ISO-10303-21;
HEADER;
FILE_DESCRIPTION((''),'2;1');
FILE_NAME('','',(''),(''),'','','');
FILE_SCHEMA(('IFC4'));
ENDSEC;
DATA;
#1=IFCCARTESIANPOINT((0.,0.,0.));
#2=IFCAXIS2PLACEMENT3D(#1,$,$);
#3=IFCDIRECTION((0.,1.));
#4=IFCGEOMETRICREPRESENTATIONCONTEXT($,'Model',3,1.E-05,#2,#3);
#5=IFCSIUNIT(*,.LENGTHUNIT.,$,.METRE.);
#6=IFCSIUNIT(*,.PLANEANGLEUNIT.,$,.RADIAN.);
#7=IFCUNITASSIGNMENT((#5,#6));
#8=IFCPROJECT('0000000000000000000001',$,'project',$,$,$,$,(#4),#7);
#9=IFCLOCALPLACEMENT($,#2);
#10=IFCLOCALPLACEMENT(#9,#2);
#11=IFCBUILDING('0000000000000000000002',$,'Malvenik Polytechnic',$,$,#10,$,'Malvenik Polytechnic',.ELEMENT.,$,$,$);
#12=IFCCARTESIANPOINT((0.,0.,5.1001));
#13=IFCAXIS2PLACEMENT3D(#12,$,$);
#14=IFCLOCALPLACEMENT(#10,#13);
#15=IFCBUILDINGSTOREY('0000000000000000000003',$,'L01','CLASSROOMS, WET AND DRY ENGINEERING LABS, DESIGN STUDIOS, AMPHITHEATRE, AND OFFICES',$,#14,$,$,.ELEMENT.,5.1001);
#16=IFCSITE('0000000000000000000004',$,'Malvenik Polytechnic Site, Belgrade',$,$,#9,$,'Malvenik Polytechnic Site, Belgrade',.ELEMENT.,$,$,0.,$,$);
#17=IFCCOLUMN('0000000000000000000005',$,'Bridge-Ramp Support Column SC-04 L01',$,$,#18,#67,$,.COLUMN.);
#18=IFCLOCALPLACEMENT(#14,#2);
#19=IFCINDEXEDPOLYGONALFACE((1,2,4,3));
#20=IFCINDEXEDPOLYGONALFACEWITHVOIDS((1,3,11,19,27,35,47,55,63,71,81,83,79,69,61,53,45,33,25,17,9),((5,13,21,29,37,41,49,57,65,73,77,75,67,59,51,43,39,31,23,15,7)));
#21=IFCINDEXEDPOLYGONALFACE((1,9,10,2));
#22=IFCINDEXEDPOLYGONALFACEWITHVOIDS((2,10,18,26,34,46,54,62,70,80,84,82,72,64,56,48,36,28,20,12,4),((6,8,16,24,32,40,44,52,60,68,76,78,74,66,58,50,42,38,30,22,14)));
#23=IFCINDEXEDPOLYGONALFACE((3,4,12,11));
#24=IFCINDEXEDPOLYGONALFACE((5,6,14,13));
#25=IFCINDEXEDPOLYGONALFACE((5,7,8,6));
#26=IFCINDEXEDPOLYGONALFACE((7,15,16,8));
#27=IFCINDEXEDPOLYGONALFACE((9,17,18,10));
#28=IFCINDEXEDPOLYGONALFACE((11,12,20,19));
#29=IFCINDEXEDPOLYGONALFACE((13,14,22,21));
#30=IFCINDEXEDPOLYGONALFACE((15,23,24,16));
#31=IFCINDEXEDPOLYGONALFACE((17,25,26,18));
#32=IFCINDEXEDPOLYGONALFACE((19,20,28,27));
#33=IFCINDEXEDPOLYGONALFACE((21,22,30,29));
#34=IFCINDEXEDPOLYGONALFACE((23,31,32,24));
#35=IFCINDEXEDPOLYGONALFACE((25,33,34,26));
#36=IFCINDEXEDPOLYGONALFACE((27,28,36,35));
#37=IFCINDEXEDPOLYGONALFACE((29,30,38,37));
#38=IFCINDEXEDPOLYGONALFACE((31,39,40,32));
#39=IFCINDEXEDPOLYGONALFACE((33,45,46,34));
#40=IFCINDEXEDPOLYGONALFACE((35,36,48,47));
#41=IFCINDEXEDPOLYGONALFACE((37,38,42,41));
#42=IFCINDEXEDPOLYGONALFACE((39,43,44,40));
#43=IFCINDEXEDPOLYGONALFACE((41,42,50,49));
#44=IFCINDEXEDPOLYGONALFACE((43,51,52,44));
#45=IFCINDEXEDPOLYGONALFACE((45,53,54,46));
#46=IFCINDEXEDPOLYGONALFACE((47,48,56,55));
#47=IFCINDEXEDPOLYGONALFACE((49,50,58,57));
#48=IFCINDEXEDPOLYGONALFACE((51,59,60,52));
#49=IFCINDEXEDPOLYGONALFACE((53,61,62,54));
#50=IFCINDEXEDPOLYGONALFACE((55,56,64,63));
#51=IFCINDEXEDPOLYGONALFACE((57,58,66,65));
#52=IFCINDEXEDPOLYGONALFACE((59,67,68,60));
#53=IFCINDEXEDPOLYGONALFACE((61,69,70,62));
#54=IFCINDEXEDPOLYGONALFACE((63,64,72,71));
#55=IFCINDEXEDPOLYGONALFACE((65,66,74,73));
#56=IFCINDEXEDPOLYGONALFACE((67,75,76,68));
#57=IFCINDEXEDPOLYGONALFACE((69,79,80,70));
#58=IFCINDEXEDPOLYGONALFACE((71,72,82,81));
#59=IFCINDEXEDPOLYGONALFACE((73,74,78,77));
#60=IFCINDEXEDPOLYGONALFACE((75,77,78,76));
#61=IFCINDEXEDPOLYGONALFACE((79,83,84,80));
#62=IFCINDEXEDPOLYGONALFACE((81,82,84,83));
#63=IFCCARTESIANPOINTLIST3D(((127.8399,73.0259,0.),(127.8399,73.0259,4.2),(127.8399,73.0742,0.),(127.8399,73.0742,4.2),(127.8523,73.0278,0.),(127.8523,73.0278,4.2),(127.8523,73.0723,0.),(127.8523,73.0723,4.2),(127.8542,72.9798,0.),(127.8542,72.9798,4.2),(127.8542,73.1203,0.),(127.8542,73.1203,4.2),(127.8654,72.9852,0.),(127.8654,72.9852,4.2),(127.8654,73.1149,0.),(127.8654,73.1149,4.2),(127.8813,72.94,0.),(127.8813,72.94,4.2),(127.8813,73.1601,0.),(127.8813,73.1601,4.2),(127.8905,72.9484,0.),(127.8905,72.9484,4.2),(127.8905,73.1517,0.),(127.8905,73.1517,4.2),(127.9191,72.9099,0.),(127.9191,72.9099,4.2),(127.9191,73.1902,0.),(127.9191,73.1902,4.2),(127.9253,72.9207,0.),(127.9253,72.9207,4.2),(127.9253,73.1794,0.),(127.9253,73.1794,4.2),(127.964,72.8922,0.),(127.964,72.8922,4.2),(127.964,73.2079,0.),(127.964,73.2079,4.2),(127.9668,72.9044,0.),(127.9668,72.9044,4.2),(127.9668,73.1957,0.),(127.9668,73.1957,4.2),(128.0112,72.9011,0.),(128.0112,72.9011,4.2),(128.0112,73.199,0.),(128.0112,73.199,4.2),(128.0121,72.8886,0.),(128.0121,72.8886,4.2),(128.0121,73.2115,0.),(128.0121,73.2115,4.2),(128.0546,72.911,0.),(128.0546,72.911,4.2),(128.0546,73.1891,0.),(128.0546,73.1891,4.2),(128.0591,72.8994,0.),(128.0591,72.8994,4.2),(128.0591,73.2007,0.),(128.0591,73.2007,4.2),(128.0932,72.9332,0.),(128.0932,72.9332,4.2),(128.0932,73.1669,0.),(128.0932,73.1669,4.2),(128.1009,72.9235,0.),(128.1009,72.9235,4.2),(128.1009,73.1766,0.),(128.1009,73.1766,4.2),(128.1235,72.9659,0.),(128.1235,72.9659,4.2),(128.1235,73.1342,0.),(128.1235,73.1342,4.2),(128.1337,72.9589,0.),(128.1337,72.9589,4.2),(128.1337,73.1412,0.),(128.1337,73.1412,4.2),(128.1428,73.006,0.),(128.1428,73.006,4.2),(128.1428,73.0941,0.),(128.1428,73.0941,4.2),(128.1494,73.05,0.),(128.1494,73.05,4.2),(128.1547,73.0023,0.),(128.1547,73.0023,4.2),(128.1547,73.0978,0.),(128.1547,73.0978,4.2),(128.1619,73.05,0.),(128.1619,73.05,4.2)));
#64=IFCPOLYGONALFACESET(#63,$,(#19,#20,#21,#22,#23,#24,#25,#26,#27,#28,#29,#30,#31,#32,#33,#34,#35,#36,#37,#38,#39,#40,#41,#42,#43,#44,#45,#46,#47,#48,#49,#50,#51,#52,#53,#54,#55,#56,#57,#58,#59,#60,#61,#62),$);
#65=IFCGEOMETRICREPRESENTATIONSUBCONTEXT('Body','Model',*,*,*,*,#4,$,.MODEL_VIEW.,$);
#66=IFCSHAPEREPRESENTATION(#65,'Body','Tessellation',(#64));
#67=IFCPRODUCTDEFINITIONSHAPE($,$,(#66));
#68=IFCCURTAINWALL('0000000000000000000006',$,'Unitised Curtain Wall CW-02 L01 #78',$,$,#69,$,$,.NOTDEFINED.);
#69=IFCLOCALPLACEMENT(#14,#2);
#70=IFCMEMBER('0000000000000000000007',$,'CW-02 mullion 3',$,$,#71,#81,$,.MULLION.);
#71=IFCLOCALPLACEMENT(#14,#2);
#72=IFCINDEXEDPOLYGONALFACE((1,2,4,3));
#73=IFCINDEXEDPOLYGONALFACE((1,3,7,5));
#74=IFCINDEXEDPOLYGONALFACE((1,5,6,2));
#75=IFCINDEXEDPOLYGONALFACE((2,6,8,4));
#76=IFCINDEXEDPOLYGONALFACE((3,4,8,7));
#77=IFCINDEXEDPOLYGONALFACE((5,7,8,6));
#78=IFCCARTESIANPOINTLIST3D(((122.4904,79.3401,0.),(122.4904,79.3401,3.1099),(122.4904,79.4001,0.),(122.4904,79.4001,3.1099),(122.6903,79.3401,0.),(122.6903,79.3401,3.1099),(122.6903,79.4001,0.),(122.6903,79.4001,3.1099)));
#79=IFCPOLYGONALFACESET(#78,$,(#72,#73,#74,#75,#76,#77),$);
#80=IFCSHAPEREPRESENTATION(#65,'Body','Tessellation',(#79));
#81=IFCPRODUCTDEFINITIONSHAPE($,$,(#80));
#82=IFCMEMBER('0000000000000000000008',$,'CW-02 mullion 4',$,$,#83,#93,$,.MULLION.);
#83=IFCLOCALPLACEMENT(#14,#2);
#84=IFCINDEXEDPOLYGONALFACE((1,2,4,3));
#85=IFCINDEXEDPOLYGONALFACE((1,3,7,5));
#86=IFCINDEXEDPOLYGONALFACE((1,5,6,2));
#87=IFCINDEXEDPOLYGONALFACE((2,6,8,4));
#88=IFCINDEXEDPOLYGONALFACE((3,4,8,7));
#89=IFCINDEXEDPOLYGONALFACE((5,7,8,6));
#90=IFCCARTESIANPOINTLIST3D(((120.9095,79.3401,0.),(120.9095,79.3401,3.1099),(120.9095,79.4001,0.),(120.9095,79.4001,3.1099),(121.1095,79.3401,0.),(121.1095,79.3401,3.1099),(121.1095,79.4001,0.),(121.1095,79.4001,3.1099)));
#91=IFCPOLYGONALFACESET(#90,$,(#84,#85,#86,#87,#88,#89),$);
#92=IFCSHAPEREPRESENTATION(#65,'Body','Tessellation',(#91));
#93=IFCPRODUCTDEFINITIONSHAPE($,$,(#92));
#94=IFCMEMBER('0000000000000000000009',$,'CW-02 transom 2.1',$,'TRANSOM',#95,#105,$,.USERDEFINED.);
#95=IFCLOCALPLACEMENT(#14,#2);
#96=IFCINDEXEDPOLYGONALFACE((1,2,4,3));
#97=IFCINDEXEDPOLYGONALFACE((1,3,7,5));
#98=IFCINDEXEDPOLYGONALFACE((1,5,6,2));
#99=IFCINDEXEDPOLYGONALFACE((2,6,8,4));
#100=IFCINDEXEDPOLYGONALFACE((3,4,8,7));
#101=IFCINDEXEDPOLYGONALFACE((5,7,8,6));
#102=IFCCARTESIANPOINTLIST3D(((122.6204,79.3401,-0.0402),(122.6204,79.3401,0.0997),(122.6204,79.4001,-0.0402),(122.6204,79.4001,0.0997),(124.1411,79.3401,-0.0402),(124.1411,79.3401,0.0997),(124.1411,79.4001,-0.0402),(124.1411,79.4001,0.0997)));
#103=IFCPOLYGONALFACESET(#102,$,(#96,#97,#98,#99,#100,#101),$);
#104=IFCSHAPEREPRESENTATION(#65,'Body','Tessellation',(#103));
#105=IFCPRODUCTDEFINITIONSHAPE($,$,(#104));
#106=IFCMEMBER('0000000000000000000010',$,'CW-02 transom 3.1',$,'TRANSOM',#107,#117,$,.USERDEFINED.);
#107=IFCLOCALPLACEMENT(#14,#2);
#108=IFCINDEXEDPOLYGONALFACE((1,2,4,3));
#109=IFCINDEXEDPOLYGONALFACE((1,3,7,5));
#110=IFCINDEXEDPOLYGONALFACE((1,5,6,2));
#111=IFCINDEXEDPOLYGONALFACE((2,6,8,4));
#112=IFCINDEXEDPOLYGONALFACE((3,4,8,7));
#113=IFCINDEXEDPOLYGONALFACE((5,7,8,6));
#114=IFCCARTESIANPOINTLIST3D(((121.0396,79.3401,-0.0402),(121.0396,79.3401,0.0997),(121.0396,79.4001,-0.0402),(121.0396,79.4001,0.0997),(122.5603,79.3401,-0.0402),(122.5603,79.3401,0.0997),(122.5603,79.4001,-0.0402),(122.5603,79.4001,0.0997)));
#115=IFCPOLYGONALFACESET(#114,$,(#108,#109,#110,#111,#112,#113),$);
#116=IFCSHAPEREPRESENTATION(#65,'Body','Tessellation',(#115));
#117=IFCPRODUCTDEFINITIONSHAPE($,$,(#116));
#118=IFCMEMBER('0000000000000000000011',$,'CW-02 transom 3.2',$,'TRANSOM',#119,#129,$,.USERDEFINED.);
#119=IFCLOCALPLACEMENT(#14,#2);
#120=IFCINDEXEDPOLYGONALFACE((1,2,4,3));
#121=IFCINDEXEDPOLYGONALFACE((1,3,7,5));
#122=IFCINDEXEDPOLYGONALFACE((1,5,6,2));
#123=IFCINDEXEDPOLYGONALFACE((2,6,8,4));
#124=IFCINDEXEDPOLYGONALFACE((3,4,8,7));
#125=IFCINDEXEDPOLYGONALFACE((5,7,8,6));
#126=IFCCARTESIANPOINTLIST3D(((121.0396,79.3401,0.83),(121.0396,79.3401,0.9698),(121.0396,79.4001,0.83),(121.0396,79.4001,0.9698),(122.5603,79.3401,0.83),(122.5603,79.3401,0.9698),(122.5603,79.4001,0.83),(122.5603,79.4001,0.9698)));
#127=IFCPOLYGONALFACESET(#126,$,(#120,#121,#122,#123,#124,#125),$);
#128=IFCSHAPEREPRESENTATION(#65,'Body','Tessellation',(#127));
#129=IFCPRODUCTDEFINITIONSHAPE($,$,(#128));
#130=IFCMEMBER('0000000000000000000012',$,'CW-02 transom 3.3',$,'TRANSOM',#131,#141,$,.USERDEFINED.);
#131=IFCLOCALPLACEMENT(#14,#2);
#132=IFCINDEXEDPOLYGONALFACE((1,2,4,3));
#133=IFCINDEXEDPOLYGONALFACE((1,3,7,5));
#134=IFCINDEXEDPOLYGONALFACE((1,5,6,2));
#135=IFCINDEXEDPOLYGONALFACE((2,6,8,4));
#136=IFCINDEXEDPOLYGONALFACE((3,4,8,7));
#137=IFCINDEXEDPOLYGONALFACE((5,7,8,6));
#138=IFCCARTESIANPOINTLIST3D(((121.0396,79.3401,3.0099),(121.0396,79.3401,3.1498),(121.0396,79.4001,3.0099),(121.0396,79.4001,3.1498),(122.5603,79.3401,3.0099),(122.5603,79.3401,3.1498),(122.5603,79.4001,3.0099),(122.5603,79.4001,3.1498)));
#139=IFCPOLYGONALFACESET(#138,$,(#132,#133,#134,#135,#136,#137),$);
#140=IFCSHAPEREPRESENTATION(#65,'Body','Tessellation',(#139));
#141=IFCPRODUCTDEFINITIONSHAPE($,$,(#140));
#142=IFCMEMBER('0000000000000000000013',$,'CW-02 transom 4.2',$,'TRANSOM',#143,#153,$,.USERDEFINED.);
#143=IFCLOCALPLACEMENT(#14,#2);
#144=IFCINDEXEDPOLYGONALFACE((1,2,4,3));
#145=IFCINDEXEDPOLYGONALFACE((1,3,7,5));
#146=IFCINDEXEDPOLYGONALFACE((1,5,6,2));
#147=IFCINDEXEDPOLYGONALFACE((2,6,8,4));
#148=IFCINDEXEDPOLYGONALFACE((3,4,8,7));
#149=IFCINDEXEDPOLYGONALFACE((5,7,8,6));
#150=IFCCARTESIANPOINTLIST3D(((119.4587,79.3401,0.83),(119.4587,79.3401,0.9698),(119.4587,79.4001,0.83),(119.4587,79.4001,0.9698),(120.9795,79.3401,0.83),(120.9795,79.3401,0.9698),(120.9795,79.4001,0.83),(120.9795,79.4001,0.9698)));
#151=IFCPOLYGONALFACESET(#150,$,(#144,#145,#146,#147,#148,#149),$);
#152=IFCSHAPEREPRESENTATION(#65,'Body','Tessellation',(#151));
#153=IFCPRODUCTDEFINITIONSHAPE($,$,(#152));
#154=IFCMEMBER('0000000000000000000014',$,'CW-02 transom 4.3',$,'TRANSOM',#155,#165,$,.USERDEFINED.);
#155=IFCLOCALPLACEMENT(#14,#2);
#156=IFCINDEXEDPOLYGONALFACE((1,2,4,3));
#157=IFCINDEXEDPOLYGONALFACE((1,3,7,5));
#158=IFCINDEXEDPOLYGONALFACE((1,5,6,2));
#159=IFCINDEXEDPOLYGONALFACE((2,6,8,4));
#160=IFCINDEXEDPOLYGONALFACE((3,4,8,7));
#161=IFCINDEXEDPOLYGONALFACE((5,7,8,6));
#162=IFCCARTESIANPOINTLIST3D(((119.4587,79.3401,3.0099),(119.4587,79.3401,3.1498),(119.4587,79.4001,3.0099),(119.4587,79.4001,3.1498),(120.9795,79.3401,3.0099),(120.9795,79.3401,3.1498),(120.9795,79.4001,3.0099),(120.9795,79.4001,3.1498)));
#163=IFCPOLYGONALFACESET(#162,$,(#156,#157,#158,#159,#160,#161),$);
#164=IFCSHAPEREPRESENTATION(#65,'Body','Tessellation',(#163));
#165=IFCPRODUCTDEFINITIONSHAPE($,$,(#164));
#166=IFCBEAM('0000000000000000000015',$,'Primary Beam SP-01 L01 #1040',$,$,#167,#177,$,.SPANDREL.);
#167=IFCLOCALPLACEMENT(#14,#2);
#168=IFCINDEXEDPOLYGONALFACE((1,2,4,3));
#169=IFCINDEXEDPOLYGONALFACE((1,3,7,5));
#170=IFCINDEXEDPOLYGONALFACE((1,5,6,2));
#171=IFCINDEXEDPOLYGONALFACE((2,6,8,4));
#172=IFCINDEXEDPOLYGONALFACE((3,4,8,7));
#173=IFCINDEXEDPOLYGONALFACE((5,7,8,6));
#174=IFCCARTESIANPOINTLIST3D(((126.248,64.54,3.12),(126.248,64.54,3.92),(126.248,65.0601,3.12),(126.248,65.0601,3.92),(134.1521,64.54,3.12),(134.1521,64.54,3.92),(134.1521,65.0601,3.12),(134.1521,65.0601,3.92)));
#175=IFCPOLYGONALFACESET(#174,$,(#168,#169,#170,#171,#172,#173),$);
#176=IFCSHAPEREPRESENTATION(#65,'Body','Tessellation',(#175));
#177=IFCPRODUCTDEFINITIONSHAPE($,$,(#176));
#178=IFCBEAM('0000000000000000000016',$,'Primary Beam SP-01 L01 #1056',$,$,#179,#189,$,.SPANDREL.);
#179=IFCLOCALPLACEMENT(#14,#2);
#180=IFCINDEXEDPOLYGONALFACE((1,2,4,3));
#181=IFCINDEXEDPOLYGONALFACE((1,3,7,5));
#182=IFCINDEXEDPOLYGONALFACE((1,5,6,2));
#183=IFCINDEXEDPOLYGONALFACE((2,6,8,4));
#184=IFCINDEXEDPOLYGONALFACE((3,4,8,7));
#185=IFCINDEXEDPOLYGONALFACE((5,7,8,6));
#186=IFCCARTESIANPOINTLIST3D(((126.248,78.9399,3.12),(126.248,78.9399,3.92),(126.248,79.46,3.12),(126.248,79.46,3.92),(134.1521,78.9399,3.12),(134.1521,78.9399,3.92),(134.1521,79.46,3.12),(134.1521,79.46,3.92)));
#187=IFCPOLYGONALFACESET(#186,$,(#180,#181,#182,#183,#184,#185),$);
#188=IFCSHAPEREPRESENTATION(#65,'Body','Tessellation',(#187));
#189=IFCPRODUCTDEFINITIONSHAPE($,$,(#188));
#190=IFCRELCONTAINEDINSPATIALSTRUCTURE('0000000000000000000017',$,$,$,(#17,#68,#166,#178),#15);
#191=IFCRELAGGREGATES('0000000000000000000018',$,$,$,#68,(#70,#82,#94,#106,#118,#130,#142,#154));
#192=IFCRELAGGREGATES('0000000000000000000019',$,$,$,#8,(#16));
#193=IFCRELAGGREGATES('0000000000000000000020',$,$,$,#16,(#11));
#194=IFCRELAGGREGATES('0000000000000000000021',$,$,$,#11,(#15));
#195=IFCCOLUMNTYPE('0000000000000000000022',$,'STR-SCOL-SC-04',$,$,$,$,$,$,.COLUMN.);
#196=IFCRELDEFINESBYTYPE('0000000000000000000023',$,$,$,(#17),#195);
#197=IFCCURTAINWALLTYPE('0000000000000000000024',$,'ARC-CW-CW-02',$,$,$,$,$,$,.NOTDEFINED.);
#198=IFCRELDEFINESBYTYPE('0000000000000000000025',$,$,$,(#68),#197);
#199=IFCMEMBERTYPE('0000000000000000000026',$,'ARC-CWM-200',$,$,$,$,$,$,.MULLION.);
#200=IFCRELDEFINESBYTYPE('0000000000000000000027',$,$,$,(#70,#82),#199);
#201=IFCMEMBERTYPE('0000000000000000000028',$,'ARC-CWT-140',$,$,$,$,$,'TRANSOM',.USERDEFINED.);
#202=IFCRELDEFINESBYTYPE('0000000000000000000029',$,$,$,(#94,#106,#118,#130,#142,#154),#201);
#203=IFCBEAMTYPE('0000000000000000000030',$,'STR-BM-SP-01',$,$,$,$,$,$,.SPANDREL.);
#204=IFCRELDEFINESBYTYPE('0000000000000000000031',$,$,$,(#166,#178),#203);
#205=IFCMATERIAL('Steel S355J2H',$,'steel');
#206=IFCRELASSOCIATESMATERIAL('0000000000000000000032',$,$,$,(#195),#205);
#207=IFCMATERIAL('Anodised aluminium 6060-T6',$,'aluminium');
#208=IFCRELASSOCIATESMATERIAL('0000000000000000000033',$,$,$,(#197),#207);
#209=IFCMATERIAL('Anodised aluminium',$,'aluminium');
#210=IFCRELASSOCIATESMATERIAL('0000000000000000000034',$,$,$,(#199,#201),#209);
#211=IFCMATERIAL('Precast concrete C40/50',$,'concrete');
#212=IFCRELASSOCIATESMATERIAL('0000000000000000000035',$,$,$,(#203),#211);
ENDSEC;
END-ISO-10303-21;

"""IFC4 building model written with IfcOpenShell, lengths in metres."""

from ifc_helpers import new_model, si_unit, direction, frame, origin, origin_2d, place, context, subcontext, project, spatial, rectangle, hollow_circle, extrude, material, material_profile, profile_set, type_object, element, aggregate, save


model = new_model("IFC4")

# Units and contexts
model_context = context("Model", 3, precision=1e-05, world=origin(), true_north=direction((0.0, 1.0)))
body_context = subcontext(model_context, "Body", "Model", "MODEL_VIEW")
ifc_project = project(units=[si_unit("LENGTHUNIT", "METRE"), si_unit("PLANEANGLEUNIT", "RADIAN")], contexts=[model_context])

# Site, building, storey
site_placement = place(None, origin())
site = spatial("IfcSite", under=ifc_project, at=site_placement, Name="Malvenik Polytechnic Site, Belgrade", LongName="Malvenik Polytechnic Site, Belgrade", CompositionType="ELEMENT", RefElevation=0.0)
building_placement = place(site_placement, origin())
building = spatial("IfcBuilding", under=site, at=building_placement, Name="Malvenik Polytechnic", LongName="Malvenik Polytechnic", CompositionType="ELEMENT")
storey_placement = place(building_placement, frame((0.0, 0.0, 5.1001)))
storey = spatial("IfcBuildingStorey", under=building, at=storey_placement, Name="L01", Description="CLASSROOMS, WET AND DRY ENGINEERING LABS, DESIGN STUDIOS, AMPHITHEATRE, AND OFFICES", CompositionType="ELEMENT", Elevation=5.1001)

# Column
ifc_material_1 = material(Name="Steel S355J2H", Category="steel")
ifc_material_profile_1 = material_profile(ifc_material_1, hollow_circle(Radius=0.1619, WallThickness=0.0125, at=origin_2d()), Name="CHS 323.9x12.5")
ifc_profile_set_1 = profile_set([ifc_material_profile_1], Name="Steel S355J2H")
column_type_1 = type_object("IfcColumnType", Name="STR-SCOL-SC-04", PredefinedType="COLUMN", material=ifc_profile_set_1)
for number, where, z_axis, x_axis, name in (
    (1, (128.0, 73.05, 0.0), (0.0, 0.0, 1.0), (1.0, 0.0, 0.0), "Bridge-Ramp Support Column SC-04 L01"),
):
    element("IfcColumn", number, at=place(storey_placement, frame(where, z_axis=z_axis, x_axis=x_axis)), inside=storey, type_object=column_type_1, Name=name, PredefinedType="COLUMN", context=body_context, shape_type="SweptSolid", body=[
        extrude(hollow_circle(Radius=0.1619, WallThickness=0.0125, at=origin_2d()), origin(), (0.0, 0.0, 1.0), 4.2),
    ])

# Curtain wall, members
ifc_material_2 = material(Name="Anodised aluminium 6060-T6", Category="aluminium")
curtain_wall_type = type_object("IfcCurtainWallType", Name="ARC-CW-CW-02", PredefinedType="NOTDEFINED", material=ifc_material_2)
curtain_wall_placement = place(storey_placement, origin())
curtain_wall = element("IfcCurtainWall", 2, at=curtain_wall_placement, inside=storey, type_object=curtain_wall_type, Name="Unitised Curtain Wall CW-02 L01 #78", PredefinedType="NOTDEFINED")
ifc_material_3 = material(Name="Anodised aluminium", Category="aluminium")
ifc_material_profile_2 = material_profile(ifc_material_3, rectangle(XDim=0.0601, YDim=0.2, at=origin_2d()), Name="ALU MULLION 60x200")
ifc_profile_set_2 = profile_set([ifc_material_profile_2], Name="Anodised aluminium")
member_type_1 = type_object("IfcMemberType", Name="ARC-CWM-200", PredefinedType="MULLION", material=ifc_profile_set_2)
member_1_placement = place(storey_placement, frame((122.5903, 79.3701, 0.0), z_axis=(0.0, 0.0, 1.0), x_axis=(0.0, -1.0, 0.0)))
member_1 = element("IfcMember", 3, at=member_1_placement, type_object=member_type_1, Name="CW-02 mullion 3", PredefinedType="MULLION", context=body_context, shape_type="SweptSolid", body=[
    extrude(rectangle(XDim=0.0601, YDim=0.2, at=origin_2d()), origin(), (0.0, 0.0, 1.0), 3.1099),
])
member_2_placement = place(storey_placement, frame((121.0095, 79.3701, 0.0), z_axis=(0.0, 0.0, 1.0), x_axis=(0.0, -1.0, 0.0)))
member_2 = element("IfcMember", 4, at=member_2_placement, type_object=member_type_1, Name="CW-02 mullion 4", PredefinedType="MULLION", context=body_context, shape_type="SweptSolid", body=[
    extrude(rectangle(XDim=0.0601, YDim=0.2, at=origin_2d()), origin(), (0.0, 0.0, 1.0), 3.1099),
])
ifc_material_profile_3 = material_profile(ifc_material_3, rectangle(XDim=0.0601, YDim=0.1399, at=origin_2d()), Name="ALU TRANSOM 60x140")
ifc_profile_set_3 = profile_set([ifc_material_profile_3], Name="Anodised aluminium")
member_type_2 = type_object("IfcMemberType", Name="ARC-CWT-140", ElementType="TRANSOM", PredefinedType="USERDEFINED", material=ifc_profile_set_3)
member_3_placement = place(storey_placement, frame((124.1411, 79.3701, 0.0298), z_axis=(-1.0, 0.0, 0.0), x_axis=(0.0, -1.0, 0.0)))
member_3 = element("IfcMember", 5, at=member_3_placement, type_object=member_type_2, Name="CW-02 transom 2.1", ObjectType="TRANSOM", PredefinedType="USERDEFINED", context=body_context, shape_type="SweptSolid", body=[
    extrude(rectangle(XDim=0.0601, YDim=0.1399, at=origin_2d()), origin(), (0.0, 0.0, 1.0), 1.5208),
])
member_4_placement = place(storey_placement, frame((122.5603, 79.3701, 0.0298), z_axis=(-1.0, 0.0, 0.0), x_axis=(0.0, -1.0, 0.0)))
member_4 = element("IfcMember", 6, at=member_4_placement, type_object=member_type_2, Name="CW-02 transom 3.1", ObjectType="TRANSOM", PredefinedType="USERDEFINED", context=body_context, shape_type="SweptSolid", body=[
    extrude(rectangle(XDim=0.0601, YDim=0.1399, at=origin_2d()), origin(), (0.0, 0.0, 1.0), 1.5208),
])
member_5_placement = place(storey_placement, frame((122.5603, 79.3701, 0.8999), z_axis=(-1.0, 0.0, 0.0), x_axis=(0.0, -1.0, 0.0)))
member_5 = element("IfcMember", 7, at=member_5_placement, type_object=member_type_2, Name="CW-02 transom 3.2", ObjectType="TRANSOM", PredefinedType="USERDEFINED", context=body_context, shape_type="SweptSolid", body=[
    extrude(rectangle(XDim=0.0601, YDim=0.1399, at=origin_2d()), origin(), (0.0, 0.0, 1.0), 1.5208),
])
member_6_placement = place(storey_placement, frame((122.5603, 79.3701, 3.0798), z_axis=(-1.0, 0.0, 0.0), x_axis=(0.0, -1.0, 0.0)))
member_6 = element("IfcMember", 8, at=member_6_placement, type_object=member_type_2, Name="CW-02 transom 3.3", ObjectType="TRANSOM", PredefinedType="USERDEFINED", context=body_context, shape_type="SweptSolid", body=[
    extrude(rectangle(XDim=0.0601, YDim=0.1399, at=origin_2d()), origin(), (0.0, 0.0, 1.0), 1.5208),
])
member_7_placement = place(storey_placement, frame((120.9795, 79.3701, 0.8999), z_axis=(-1.0, 0.0, 0.0), x_axis=(0.0, -1.0, 0.0)))
member_7 = element("IfcMember", 9, at=member_7_placement, type_object=member_type_2, Name="CW-02 transom 4.2", ObjectType="TRANSOM", PredefinedType="USERDEFINED", context=body_context, shape_type="SweptSolid", body=[
    extrude(rectangle(XDim=0.0601, YDim=0.1399, at=origin_2d()), origin(), (0.0, 0.0, 1.0), 1.5208),
])
member_8_placement = place(storey_placement, frame((120.9795, 79.3701, 3.0798), z_axis=(-1.0, 0.0, 0.0), x_axis=(0.0, -1.0, 0.0)))
member_8 = element("IfcMember", 10, at=member_8_placement, type_object=member_type_2, Name="CW-02 transom 4.3", ObjectType="TRANSOM", PredefinedType="USERDEFINED", context=body_context, shape_type="SweptSolid", body=[
    extrude(rectangle(XDim=0.0601, YDim=0.1399, at=origin_2d()), origin(), (0.0, 0.0, 1.0), 1.5208),
])

# Beams
ifc_material_4 = material(Name="Precast concrete C40/50", Category="concrete")
ifc_material_profile_4 = material_profile(ifc_material_4, rectangle(XDim=0.52, YDim=0.8, at=origin_2d()), Name="PC SPN 520x800")
ifc_profile_set_4 = profile_set([ifc_material_profile_4], Name="Precast concrete C40/50")
beam_type = type_object("IfcBeamType", Name="STR-BM-SP-01", PredefinedType="SPANDREL", material=ifc_profile_set_4)
for number, where, z_axis, x_axis, name in (
    (11, (126.248, 64.8, 3.52), (1.0, 0.0, 0.0), (0.0, 1.0, 0.0), "Primary Beam SP-01 L01 #1040"),
    (12, (126.248, 79.2, 3.52), (1.0, 0.0, 0.0), (0.0, 1.0, 0.0), "Primary Beam SP-01 L01 #1056"),
):
    element("IfcBeam", number, at=place(storey_placement, frame(where, z_axis=z_axis, x_axis=x_axis)), inside=storey, type_object=beam_type, Name=name, PredefinedType="SPANDREL", context=body_context, shape_type="SweptSolid", body=[
        extrude(rectangle(XDim=0.52, YDim=0.8, at=origin_2d()), origin(), (0.0, 0.0, 1.0), 7.9041),
    ])

aggregate(curtain_wall, [member_1, member_2, member_3, member_4, member_5, member_6, member_7, member_8])

save(model, "model.ifc")
